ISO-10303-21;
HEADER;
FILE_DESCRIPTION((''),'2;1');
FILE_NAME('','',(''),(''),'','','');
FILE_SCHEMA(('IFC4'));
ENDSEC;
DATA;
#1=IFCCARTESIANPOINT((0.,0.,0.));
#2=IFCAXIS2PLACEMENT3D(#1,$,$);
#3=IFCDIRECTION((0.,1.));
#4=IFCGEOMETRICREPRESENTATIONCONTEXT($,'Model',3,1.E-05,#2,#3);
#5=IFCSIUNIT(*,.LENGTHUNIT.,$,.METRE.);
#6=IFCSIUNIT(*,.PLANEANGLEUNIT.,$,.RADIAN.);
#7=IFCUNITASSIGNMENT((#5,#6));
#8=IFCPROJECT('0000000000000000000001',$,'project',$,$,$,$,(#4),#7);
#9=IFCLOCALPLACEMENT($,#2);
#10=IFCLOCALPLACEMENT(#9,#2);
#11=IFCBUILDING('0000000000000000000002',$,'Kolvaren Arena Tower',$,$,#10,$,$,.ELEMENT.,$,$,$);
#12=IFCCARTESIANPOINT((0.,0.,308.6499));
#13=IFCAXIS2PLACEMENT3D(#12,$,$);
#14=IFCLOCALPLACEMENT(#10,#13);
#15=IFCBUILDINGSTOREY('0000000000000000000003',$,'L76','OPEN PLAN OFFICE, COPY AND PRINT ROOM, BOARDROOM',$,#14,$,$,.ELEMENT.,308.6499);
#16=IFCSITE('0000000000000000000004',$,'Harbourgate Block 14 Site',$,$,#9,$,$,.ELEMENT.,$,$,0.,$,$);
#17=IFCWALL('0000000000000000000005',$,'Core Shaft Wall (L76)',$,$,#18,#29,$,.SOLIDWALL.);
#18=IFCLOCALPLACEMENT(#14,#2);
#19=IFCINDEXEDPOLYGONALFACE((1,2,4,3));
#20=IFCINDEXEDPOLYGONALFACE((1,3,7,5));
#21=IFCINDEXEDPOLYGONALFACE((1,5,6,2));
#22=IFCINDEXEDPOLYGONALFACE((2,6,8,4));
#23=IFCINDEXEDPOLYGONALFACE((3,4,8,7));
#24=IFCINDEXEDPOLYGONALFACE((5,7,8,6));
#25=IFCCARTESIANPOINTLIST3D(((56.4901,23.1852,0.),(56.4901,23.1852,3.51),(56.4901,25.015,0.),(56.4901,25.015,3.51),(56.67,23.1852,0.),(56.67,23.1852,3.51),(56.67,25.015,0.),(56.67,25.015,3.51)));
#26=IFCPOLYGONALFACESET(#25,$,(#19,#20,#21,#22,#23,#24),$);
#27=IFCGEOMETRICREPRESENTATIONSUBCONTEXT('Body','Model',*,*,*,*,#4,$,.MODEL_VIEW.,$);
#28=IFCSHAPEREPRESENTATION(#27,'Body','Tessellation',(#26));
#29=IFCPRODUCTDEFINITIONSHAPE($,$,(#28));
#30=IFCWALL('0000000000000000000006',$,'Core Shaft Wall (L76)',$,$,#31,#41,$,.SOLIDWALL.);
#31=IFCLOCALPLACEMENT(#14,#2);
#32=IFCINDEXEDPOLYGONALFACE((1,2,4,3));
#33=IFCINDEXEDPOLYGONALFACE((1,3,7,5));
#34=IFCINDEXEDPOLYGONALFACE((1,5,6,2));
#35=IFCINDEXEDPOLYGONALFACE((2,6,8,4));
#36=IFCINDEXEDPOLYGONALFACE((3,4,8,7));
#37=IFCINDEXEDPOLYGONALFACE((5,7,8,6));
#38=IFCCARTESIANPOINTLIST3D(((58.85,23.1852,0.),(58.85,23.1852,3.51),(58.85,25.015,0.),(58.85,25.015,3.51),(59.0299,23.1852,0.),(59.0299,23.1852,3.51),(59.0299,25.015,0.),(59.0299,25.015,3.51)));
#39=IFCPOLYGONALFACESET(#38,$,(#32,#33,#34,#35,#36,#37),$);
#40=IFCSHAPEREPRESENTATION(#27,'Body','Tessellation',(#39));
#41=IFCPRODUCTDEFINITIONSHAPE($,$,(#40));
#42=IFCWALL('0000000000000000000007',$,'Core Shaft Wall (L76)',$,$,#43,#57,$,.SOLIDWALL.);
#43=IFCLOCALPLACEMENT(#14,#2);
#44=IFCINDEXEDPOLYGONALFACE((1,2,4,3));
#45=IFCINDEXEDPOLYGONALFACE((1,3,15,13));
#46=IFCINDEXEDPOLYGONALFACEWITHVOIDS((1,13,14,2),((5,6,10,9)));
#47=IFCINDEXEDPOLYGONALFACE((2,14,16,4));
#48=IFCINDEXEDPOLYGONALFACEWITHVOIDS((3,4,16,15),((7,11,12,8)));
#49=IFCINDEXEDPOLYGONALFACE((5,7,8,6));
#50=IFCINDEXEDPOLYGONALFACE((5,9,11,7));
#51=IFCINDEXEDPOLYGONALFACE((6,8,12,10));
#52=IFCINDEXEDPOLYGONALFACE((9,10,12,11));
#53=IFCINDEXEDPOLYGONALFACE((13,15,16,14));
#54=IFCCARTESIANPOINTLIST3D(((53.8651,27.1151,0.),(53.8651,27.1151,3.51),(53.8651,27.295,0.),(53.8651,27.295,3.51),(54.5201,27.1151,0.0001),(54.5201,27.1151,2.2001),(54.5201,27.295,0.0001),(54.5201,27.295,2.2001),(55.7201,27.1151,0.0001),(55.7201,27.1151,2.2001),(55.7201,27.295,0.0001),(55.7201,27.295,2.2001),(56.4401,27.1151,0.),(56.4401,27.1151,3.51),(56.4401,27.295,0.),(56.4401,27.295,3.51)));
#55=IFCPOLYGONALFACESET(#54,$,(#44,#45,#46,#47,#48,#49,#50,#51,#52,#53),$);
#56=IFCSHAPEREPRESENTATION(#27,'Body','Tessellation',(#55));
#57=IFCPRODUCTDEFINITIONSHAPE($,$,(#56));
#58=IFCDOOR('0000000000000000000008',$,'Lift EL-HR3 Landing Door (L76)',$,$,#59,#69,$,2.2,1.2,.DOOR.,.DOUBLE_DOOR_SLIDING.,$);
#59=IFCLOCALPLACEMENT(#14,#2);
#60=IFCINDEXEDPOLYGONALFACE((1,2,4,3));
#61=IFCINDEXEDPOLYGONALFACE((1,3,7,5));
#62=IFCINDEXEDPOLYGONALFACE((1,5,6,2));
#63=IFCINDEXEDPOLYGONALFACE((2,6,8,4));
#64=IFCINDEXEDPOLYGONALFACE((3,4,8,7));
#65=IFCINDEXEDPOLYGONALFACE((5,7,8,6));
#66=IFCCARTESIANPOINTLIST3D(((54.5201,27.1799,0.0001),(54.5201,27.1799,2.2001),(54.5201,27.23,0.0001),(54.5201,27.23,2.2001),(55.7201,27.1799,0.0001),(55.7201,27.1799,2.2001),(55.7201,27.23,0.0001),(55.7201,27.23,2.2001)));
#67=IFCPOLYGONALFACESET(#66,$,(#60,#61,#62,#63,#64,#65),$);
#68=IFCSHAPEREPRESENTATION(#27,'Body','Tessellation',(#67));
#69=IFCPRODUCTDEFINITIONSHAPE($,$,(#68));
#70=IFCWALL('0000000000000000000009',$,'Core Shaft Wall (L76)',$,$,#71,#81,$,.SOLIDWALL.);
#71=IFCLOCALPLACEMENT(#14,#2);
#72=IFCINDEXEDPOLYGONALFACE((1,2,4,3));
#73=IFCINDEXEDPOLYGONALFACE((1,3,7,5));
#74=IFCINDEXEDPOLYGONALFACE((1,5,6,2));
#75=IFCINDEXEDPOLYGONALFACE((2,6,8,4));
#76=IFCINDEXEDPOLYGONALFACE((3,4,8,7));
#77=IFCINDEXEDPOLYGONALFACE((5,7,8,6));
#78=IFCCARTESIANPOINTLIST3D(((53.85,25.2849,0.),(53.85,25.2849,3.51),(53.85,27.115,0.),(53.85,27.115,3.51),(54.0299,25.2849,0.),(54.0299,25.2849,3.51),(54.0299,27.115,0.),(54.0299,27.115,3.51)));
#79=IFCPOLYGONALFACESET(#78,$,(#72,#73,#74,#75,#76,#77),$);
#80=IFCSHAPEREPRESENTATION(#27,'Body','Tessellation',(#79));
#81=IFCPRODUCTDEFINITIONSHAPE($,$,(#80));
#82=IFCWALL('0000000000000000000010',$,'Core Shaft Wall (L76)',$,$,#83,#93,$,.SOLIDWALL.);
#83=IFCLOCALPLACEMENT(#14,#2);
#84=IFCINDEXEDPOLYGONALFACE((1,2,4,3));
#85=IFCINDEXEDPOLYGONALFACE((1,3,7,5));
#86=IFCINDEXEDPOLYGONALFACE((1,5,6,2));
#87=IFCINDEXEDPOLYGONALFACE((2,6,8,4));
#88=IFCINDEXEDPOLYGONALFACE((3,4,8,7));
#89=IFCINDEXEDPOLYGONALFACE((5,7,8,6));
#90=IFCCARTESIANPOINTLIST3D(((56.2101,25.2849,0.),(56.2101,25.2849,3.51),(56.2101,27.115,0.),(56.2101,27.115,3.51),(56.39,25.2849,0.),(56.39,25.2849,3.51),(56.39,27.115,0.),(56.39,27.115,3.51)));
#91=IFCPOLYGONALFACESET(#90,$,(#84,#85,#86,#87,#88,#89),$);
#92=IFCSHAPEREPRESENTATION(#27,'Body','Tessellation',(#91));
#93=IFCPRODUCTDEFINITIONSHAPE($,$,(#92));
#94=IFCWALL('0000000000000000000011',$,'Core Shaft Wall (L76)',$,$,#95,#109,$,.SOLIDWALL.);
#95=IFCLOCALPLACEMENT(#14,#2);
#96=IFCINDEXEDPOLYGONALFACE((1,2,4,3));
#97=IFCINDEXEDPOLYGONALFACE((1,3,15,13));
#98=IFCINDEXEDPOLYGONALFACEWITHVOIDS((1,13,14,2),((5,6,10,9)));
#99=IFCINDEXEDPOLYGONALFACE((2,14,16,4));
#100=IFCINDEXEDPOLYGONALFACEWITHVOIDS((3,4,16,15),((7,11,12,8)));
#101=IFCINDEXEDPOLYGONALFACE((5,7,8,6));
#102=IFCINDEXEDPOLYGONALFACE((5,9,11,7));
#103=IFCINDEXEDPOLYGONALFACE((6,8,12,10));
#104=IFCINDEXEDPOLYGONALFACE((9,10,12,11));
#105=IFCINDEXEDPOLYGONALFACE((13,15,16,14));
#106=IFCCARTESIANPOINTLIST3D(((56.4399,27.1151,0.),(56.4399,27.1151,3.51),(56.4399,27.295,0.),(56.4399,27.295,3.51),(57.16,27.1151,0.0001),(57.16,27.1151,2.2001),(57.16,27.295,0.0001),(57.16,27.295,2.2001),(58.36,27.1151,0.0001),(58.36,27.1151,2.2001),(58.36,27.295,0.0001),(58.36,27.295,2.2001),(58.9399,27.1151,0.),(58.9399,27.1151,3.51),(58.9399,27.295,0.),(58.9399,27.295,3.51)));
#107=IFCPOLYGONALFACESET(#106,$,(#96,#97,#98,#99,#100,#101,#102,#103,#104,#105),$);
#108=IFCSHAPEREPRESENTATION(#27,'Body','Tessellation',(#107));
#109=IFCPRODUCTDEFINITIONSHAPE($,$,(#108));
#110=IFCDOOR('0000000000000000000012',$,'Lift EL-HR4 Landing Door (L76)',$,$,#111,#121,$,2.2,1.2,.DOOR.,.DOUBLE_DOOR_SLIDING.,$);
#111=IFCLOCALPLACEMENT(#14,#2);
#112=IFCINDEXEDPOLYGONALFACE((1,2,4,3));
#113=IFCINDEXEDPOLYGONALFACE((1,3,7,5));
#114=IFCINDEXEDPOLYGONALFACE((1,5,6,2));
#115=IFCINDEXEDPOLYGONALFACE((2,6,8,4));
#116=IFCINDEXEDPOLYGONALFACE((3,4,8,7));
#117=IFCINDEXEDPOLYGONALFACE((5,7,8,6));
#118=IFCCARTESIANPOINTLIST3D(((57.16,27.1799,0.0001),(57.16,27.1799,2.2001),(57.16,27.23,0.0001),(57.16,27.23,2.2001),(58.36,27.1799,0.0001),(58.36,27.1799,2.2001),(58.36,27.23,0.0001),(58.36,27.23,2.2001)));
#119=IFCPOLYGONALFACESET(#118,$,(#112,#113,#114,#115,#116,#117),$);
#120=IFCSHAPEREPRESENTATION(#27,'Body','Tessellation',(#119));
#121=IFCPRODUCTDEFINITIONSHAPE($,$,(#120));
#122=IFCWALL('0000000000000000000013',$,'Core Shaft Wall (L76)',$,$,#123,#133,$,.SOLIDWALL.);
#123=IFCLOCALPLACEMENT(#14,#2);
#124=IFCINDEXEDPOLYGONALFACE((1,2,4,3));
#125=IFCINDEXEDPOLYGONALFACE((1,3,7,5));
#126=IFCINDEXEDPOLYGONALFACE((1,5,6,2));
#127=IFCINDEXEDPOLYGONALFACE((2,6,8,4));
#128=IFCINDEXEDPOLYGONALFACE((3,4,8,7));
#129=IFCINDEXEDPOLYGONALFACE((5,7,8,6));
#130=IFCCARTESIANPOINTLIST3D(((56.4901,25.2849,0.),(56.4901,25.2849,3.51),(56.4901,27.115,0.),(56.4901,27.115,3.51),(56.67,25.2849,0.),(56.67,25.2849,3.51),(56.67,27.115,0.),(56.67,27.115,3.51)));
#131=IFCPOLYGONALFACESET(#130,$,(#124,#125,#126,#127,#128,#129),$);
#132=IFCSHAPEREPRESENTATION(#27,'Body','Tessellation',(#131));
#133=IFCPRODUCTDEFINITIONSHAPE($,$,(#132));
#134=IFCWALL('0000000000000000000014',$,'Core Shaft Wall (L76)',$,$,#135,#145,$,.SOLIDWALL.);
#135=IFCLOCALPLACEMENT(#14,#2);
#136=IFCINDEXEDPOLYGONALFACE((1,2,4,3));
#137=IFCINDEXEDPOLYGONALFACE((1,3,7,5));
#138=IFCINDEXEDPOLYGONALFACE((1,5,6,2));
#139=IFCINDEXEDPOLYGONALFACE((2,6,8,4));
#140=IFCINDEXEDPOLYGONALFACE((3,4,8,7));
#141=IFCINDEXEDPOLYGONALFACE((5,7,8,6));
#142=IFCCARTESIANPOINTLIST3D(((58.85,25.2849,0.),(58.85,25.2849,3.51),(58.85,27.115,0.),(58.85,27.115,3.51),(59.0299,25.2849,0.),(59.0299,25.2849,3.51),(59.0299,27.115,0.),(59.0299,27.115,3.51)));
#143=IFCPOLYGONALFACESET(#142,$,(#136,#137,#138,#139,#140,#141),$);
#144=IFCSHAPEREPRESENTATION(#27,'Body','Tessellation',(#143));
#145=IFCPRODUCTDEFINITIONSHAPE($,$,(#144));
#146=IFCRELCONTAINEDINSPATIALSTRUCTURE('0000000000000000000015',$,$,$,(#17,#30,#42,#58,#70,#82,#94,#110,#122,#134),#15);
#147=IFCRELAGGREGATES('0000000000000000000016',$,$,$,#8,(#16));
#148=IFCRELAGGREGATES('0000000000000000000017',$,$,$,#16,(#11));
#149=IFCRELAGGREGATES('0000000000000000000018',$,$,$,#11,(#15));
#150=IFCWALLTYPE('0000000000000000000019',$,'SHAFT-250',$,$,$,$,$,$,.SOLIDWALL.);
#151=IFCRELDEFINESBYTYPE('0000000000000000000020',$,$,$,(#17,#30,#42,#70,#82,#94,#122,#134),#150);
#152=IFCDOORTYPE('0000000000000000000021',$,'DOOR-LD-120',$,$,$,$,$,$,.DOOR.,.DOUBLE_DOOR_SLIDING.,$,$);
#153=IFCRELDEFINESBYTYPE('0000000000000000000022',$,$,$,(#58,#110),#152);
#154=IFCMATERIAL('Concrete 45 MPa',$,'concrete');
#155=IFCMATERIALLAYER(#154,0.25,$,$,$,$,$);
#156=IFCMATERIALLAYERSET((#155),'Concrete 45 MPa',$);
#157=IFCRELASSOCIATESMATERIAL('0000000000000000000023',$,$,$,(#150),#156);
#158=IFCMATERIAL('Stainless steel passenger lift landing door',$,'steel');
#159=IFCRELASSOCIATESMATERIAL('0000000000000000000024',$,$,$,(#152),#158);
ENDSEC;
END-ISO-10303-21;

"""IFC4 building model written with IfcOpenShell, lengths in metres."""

from ifc_helpers import new_model, si_unit, direction, frame, frame_2d, origin, place, context, subcontext, project, spatial, rectangle, extrude, material, layer, layer_set, type_object, element, fill, save


model = new_model("IFC4")

# Units and contexts
model_context = context("Model", 3, precision=1e-05, world=origin(), true_north=direction((0.0, 1.0)))
body_context = subcontext(model_context, "Body", "Model", "MODEL_VIEW")
ifc_project = project(units=[si_unit("LENGTHUNIT", "METRE"), si_unit("PLANEANGLEUNIT", "RADIAN")], contexts=[model_context])

# Site, building, storey
site_placement = place(None, origin())
site = spatial("IfcSite", under=ifc_project, at=site_placement, Name="Harbourgate Block 14 Site", CompositionType="ELEMENT", RefElevation=0.0)
building_placement = place(site_placement, origin())
building = spatial("IfcBuilding", under=site, at=building_placement, Name="Kolvaren Arena Tower", CompositionType="ELEMENT")
storey_placement = place(building_placement, frame((0.0, 0.0, 308.6499)))
storey = spatial("IfcBuildingStorey", under=building, at=storey_placement, Name="L76", Description="OPEN PLAN OFFICE, COPY AND PRINT ROOM, BOARDROOM", CompositionType="ELEMENT", Elevation=308.6499)

# Shared definitions
ifc_material_1 = material(Name="Concrete 45 MPa", Category="concrete")
ifc_layer = layer(ifc_material_1, 0.25)
ifc_layer_set = layer_set([ifc_layer], Name="Concrete 45 MPa")
wall_type = type_object("IfcWallType", Name="SHAFT-250", PredefinedType="SOLIDWALL", material=ifc_layer_set)

# Shared definitions
ifc_material_2 = material(Name="Stainless steel passenger lift landing door", Category="steel")
door_type = type_object("IfcDoorType", Name="DOOR-LD-120", OperationType="DOUBLE_DOOR_SLIDING", PredefinedType="DOOR", material=ifc_material_2)

# Walls
for number, where, z_axis, x_axis, name in (
    (1, (56.5801, 23.1851, 0.0), (0.0, 0.0, 1.0), (0.0, 1.0, 0.0), "Core Shaft Wall (L76)"),
    (2, (58.9399, 23.1851, 0.0), (0.0, 0.0, 1.0), (0.0, 1.0, 0.0), "Core Shaft Wall (L76)"),
):
    element("IfcWall", number, at=place(storey_placement, frame(where, z_axis=z_axis, x_axis=x_axis)), inside=storey, type_object=wall_type, Name=name, PredefinedType="SOLIDWALL", context=body_context, shape_type="SweptSolid", body=[
        extrude(rectangle(XDim=1.8298, YDim=0.1799, at=frame_2d((0.915, 0.0))), origin(), (0.0, 0.0, 1.0), 3.51),
    ])

# Wall, opening, door
wall_1_placement = place(storey_placement, frame((53.865, 27.2051, 0.0), z_axis=(0.0, 0.0, 1.0), x_axis=(1.0, 0.0, 0.0)))
wall_1 = element("IfcWall", 3, at=wall_1_placement, inside=storey, type_object=wall_type, Name="Core Shaft Wall (L76)", PredefinedType="SOLIDWALL", context=body_context, shape_type="SweptSolid", body=[
    extrude(rectangle(XDim=2.575, YDim=0.1799, at=frame_2d((1.2876, 0.0))), origin(), (0.0, 0.0, 1.0), 3.51),
])
opening_1_placement = place(wall_1_placement, frame((0.655, 0.0, 0.0)))
opening_1 = element("IfcOpeningElement", 4, at=opening_1_placement, cuts=wall_1, PredefinedType="OPENING", context=body_context, shape_type="SweptSolid", body=[
    extrude(rectangle(XDim=1.2, YDim=2.2, at=frame_2d((0.6001, 1.1001))), frame((0.0, 0.0999, 0.0), z_axis=(0.0, -1.0, 0.0), x_axis=(1.0, 0.0, 0.0)), (0.0, 0.0, 1.0), 0.2),
])
door_1_placement = place(opening_1_placement, origin())
door_1 = element("IfcDoor", 5, at=door_1_placement, inside=storey, type_object=door_type, Name="Lift EL-HR3 Landing Door (L76)", OperationType="DOUBLE_DOOR_SLIDING", OverallHeight=2.2, OverallWidth=1.2, PredefinedType="DOOR", context=body_context, shape_type="SweptSolid", body=[
    extrude(rectangle(XDim=1.2, YDim=2.2, at=frame_2d((0.6001, 1.1001))), frame((0.0, 0.0249, 0.0), z_axis=(0.0, -1.0, 0.0), x_axis=(1.0, 0.0, 0.0)), (0.0, 0.0, 1.0), 0.05),
])
fill(opening_1, door_1)

# Walls
for number, where, z_axis, x_axis, name in (
    (6, (53.9399, 25.2849, 0.0), (0.0, 0.0, 1.0), (0.0, 1.0, 0.0), "Core Shaft Wall (L76)"),
    (7, (56.3, 25.2849, 0.0), (0.0, 0.0, 1.0), (0.0, 1.0, 0.0), "Core Shaft Wall (L76)"),
):
    element("IfcWall", number, at=place(storey_placement, frame(where, z_axis=z_axis, x_axis=x_axis)), inside=storey, type_object=wall_type, Name=name, PredefinedType="SOLIDWALL", context=body_context, shape_type="SweptSolid", body=[
        extrude(rectangle(XDim=1.8301, YDim=0.1799, at=frame_2d((0.915, 0.0))), origin(), (0.0, 0.0, 1.0), 3.51),
    ])

# Wall, opening, door
wall_2_placement = place(storey_placement, frame((56.4399, 27.2051, 0.0), z_axis=(0.0, 0.0, 1.0), x_axis=(1.0, 0.0, 0.0)))
wall_2 = element("IfcWall", 8, at=wall_2_placement, inside=storey, type_object=wall_type, Name="Core Shaft Wall (L76)", PredefinedType="SOLIDWALL", context=body_context, shape_type="SweptSolid", body=[
    extrude(rectangle(XDim=2.5, YDim=0.1799, at=frame_2d((1.25, 0.0))), origin(), (0.0, 0.0, 1.0), 3.51),
])
opening_2_placement = place(wall_2_placement, frame((0.72, 0.0, 0.0)))
opening_2 = element("IfcOpeningElement", 9, at=opening_2_placement, cuts=wall_2, PredefinedType="OPENING", context=body_context, shape_type="SweptSolid", body=[
    extrude(rectangle(XDim=1.2, YDim=2.2, at=frame_2d((0.6001, 1.1001))), frame((0.0, 0.0999, 0.0), z_axis=(0.0, -1.0, 0.0), x_axis=(1.0, 0.0, 0.0)), (0.0, 0.0, 1.0), 0.2),
])
door_2_placement = place(opening_2_placement, origin())
door_2 = element("IfcDoor", 10, at=door_2_placement, inside=storey, type_object=door_type, Name="Lift EL-HR4 Landing Door (L76)", OperationType="DOUBLE_DOOR_SLIDING", OverallHeight=2.2, OverallWidth=1.2, PredefinedType="DOOR", context=body_context, shape_type="SweptSolid", body=[
    extrude(rectangle(XDim=1.2, YDim=2.2, at=frame_2d((0.6001, 1.1001))), frame((0.0, 0.0249, 0.0), z_axis=(0.0, -1.0, 0.0), x_axis=(1.0, 0.0, 0.0)), (0.0, 0.0, 1.0), 0.05),
])
fill(opening_2, door_2)

# Walls
for number, where, z_axis, x_axis, name in (
    (11, (56.5801, 25.2849, 0.0), (0.0, 0.0, 1.0), (0.0, 1.0, 0.0), "Core Shaft Wall (L76)"),
    (12, (58.9399, 25.2849, 0.0), (0.0, 0.0, 1.0), (0.0, 1.0, 0.0), "Core Shaft Wall (L76)"),
):
    element("IfcWall", number, at=place(storey_placement, frame(where, z_axis=z_axis, x_axis=x_axis)), inside=storey, type_object=wall_type, Name=name, PredefinedType="SOLIDWALL", context=body_context, shape_type="SweptSolid", body=[
        extrude(rectangle(XDim=1.8301, YDim=0.1799, at=frame_2d((0.915, 0.0))), origin(), (0.0, 0.0, 1.0), 3.51),
    ])

save(model, "model.ifc")
